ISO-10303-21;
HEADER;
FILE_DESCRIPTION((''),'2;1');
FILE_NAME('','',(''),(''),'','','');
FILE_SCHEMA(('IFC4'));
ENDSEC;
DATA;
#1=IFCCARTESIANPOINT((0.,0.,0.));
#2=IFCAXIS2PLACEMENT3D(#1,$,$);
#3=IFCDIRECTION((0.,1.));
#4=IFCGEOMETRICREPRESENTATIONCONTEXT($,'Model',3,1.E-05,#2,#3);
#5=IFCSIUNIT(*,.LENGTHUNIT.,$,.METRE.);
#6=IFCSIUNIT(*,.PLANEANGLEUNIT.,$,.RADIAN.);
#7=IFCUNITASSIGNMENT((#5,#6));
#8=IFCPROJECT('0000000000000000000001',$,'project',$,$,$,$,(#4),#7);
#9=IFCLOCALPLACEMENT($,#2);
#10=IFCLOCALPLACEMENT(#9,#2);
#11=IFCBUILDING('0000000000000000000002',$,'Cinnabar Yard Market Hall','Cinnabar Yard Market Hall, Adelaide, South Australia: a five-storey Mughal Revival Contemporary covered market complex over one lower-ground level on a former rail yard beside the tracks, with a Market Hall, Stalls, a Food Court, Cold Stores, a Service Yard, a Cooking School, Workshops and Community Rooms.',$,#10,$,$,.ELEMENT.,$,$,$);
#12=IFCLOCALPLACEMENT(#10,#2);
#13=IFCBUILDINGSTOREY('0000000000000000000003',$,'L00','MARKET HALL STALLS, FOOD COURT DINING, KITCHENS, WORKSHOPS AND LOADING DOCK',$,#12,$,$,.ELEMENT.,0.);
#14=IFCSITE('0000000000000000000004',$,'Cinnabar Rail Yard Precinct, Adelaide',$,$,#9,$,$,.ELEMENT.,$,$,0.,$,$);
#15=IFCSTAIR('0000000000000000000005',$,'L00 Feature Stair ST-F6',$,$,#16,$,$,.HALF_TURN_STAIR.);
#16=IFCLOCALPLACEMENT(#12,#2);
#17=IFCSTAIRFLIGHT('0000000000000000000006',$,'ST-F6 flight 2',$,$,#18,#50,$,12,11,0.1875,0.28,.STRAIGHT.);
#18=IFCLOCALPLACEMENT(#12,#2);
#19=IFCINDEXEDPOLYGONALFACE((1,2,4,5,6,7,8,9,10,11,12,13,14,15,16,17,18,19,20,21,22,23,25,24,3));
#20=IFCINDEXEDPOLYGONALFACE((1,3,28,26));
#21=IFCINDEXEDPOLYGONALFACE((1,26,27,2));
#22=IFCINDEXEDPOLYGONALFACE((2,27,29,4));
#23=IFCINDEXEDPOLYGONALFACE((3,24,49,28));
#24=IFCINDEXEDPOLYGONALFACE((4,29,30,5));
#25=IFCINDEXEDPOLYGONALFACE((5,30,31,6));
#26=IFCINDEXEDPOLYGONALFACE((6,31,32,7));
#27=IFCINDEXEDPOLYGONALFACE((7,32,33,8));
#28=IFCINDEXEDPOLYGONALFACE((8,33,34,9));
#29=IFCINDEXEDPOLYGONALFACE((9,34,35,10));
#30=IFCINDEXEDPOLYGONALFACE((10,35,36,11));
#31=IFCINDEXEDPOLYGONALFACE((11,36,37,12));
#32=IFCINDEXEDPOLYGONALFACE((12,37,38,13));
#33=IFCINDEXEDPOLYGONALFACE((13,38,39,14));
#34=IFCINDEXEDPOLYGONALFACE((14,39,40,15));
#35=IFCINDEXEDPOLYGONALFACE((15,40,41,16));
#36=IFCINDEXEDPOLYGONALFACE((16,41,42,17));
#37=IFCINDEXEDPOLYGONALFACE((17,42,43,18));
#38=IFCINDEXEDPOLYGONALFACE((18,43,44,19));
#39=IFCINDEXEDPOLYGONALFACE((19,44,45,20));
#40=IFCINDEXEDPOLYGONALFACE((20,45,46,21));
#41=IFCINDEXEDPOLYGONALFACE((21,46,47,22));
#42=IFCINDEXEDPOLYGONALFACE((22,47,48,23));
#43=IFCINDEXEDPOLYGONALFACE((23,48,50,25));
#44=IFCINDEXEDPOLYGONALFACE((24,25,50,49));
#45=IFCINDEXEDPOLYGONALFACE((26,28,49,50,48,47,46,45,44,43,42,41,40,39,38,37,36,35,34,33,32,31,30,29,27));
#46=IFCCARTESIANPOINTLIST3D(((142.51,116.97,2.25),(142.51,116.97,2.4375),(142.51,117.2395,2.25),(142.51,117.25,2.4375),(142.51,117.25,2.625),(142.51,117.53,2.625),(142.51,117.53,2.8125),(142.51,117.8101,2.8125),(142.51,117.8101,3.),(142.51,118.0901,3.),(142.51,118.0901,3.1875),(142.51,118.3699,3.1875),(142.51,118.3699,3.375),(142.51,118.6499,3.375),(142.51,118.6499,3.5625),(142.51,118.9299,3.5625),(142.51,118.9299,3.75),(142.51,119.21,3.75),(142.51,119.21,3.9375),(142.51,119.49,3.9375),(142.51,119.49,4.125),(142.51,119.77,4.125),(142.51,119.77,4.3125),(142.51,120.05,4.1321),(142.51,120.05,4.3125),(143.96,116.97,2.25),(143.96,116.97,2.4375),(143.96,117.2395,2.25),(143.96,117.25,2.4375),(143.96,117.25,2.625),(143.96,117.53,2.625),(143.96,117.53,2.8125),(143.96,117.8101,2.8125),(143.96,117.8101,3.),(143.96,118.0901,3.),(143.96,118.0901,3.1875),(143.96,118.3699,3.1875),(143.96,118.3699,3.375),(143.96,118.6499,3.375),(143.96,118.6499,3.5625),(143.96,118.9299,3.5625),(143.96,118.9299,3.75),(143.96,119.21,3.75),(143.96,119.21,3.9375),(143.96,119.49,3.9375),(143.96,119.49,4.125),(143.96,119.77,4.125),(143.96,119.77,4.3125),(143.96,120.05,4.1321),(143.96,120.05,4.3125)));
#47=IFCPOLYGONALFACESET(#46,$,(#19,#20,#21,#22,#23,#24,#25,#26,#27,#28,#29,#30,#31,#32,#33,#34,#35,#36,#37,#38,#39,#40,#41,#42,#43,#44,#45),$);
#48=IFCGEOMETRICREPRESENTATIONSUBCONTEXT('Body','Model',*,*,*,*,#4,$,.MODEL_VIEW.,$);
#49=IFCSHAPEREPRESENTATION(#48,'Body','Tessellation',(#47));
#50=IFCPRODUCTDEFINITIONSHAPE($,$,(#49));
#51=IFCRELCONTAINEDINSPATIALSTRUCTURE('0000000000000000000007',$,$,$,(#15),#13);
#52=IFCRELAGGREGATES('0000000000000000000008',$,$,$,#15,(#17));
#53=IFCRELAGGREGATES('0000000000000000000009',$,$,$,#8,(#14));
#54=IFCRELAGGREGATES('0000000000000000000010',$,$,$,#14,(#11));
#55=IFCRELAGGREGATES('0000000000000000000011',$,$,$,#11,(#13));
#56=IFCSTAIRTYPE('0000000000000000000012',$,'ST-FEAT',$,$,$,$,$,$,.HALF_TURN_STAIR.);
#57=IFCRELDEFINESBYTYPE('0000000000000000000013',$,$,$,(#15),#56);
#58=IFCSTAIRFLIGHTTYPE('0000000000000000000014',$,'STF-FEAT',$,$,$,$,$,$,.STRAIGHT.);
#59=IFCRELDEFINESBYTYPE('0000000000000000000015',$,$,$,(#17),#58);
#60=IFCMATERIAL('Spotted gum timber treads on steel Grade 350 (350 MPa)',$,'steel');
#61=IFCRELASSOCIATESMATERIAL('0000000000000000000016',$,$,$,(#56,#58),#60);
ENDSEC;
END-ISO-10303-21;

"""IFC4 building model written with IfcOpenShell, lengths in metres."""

from ifc_helpers import new_model, si_unit, direction, frame, origin, place, context, subcontext, project, spatial, polyline, outline, extrude, material, type_object, element, aggregate, save


model = new_model("IFC4")

# Units and contexts
model_context = context("Model", 3, precision=1e-05, world=origin(), true_north=direction((0.0, 1.0)))
body_context = subcontext(model_context, "Body", "Model", "MODEL_VIEW")
ifc_project = project(units=[si_unit("LENGTHUNIT", "METRE"), si_unit("PLANEANGLEUNIT", "RADIAN")], contexts=[model_context])

# Site, building, storey
site_placement = place(None, origin())
site = spatial("IfcSite", under=ifc_project, at=site_placement, Name="Cinnabar Rail Yard Precinct, Adelaide", CompositionType="ELEMENT", RefElevation=0.0)
building_placement = place(site_placement, origin())
building = spatial("IfcBuilding", under=site, at=building_placement, Name="Cinnabar Yard Market Hall", Description="Cinnabar Yard Market Hall, Adelaide, South Australia: a five-storey Mughal Revival Contemporary covered market complex over one lower-ground level on a former rail yard beside the tracks, with a Market Hall, Stalls, a Food Court, Cold Stores, a Service Yard, a Cooking School, Workshops and Community Rooms.", CompositionType="ELEMENT")
storey_placement = place(building_placement, origin())
storey = spatial("IfcBuildingStorey", under=building, at=storey_placement, Name="L00", Description="MARKET HALL STALLS, FOOD COURT DINING, KITCHENS, WORKSHOPS AND LOADING DOCK", CompositionType="ELEMENT", Elevation=0.0)

# Stair, stair flight
ifc_material_1 = material(Name="Spotted gum timber treads on steel Grade 350 (350 MPa)", Category="steel")
stair_type = type_object("IfcStairType", Name="ST-FEAT", PredefinedType="HALF_TURN_STAIR", material=ifc_material_1)
stair_placement = place(storey_placement, origin())
stair = element("IfcStair", 1, at=stair_placement, inside=storey, type_object=stair_type, Name="L00 Feature Stair ST-F6", PredefinedType="HALF_TURN_STAIR")
stair_flight_type = type_object("IfcStairFlightType", Name="STF-FEAT", PredefinedType="STRAIGHT", material=ifc_material_1)
stair_flight_1_placement = place(storey_placement, frame((143.2351, 116.97, 2.25), z_axis=(0.0, 0.0, 1.0), x_axis=(0.0, 1.0, 0.0)))
stair_flight_1 = element("IfcStairFlight", 2, at=stair_flight_1_placement, type_object=stair_flight_type, Name="ST-F6 flight 2", NumberOfRisers=12, NumberOfTreads=11, PredefinedType="STRAIGHT", RiserHeight=0.1875, TreadLength=0.28, context=body_context, shape_type="SweptSolid", body=[
    extrude(outline(polyline([(0.0, 0.0), (0.0, 0.1875), (0.28, 0.1875), (0.28, 0.375), (0.5601, 0.375), (0.5601, 0.5625), (0.8401, 0.5625), (0.8401, 0.75), (1.1201, 0.75), (1.1201, 0.9375), (1.3999, 0.9375), (1.3999, 1.125), (1.6799, 1.125), (1.6799, 1.3125), (1.96, 1.3125), (1.96, 1.5), (2.24, 1.5), (2.24, 1.6875), (2.52, 1.6875), (2.52, 1.875), (2.8, 1.875), (2.8, 2.0625), (3.0801, 2.0625), (3.0801, 2.25), (3.0801, 1.8821), (0.2695, 0.0), (0.0, 0.0)])), frame((0.0, 0.7251, 0.0), z_axis=(0.0, -1.0, 0.0), x_axis=(1.0, 0.0, 0.0)), (0.0, 0.0, 1.0), 1.45),
])
aggregate(stair, [stair_flight_1])

save(model, "model.ifc")
